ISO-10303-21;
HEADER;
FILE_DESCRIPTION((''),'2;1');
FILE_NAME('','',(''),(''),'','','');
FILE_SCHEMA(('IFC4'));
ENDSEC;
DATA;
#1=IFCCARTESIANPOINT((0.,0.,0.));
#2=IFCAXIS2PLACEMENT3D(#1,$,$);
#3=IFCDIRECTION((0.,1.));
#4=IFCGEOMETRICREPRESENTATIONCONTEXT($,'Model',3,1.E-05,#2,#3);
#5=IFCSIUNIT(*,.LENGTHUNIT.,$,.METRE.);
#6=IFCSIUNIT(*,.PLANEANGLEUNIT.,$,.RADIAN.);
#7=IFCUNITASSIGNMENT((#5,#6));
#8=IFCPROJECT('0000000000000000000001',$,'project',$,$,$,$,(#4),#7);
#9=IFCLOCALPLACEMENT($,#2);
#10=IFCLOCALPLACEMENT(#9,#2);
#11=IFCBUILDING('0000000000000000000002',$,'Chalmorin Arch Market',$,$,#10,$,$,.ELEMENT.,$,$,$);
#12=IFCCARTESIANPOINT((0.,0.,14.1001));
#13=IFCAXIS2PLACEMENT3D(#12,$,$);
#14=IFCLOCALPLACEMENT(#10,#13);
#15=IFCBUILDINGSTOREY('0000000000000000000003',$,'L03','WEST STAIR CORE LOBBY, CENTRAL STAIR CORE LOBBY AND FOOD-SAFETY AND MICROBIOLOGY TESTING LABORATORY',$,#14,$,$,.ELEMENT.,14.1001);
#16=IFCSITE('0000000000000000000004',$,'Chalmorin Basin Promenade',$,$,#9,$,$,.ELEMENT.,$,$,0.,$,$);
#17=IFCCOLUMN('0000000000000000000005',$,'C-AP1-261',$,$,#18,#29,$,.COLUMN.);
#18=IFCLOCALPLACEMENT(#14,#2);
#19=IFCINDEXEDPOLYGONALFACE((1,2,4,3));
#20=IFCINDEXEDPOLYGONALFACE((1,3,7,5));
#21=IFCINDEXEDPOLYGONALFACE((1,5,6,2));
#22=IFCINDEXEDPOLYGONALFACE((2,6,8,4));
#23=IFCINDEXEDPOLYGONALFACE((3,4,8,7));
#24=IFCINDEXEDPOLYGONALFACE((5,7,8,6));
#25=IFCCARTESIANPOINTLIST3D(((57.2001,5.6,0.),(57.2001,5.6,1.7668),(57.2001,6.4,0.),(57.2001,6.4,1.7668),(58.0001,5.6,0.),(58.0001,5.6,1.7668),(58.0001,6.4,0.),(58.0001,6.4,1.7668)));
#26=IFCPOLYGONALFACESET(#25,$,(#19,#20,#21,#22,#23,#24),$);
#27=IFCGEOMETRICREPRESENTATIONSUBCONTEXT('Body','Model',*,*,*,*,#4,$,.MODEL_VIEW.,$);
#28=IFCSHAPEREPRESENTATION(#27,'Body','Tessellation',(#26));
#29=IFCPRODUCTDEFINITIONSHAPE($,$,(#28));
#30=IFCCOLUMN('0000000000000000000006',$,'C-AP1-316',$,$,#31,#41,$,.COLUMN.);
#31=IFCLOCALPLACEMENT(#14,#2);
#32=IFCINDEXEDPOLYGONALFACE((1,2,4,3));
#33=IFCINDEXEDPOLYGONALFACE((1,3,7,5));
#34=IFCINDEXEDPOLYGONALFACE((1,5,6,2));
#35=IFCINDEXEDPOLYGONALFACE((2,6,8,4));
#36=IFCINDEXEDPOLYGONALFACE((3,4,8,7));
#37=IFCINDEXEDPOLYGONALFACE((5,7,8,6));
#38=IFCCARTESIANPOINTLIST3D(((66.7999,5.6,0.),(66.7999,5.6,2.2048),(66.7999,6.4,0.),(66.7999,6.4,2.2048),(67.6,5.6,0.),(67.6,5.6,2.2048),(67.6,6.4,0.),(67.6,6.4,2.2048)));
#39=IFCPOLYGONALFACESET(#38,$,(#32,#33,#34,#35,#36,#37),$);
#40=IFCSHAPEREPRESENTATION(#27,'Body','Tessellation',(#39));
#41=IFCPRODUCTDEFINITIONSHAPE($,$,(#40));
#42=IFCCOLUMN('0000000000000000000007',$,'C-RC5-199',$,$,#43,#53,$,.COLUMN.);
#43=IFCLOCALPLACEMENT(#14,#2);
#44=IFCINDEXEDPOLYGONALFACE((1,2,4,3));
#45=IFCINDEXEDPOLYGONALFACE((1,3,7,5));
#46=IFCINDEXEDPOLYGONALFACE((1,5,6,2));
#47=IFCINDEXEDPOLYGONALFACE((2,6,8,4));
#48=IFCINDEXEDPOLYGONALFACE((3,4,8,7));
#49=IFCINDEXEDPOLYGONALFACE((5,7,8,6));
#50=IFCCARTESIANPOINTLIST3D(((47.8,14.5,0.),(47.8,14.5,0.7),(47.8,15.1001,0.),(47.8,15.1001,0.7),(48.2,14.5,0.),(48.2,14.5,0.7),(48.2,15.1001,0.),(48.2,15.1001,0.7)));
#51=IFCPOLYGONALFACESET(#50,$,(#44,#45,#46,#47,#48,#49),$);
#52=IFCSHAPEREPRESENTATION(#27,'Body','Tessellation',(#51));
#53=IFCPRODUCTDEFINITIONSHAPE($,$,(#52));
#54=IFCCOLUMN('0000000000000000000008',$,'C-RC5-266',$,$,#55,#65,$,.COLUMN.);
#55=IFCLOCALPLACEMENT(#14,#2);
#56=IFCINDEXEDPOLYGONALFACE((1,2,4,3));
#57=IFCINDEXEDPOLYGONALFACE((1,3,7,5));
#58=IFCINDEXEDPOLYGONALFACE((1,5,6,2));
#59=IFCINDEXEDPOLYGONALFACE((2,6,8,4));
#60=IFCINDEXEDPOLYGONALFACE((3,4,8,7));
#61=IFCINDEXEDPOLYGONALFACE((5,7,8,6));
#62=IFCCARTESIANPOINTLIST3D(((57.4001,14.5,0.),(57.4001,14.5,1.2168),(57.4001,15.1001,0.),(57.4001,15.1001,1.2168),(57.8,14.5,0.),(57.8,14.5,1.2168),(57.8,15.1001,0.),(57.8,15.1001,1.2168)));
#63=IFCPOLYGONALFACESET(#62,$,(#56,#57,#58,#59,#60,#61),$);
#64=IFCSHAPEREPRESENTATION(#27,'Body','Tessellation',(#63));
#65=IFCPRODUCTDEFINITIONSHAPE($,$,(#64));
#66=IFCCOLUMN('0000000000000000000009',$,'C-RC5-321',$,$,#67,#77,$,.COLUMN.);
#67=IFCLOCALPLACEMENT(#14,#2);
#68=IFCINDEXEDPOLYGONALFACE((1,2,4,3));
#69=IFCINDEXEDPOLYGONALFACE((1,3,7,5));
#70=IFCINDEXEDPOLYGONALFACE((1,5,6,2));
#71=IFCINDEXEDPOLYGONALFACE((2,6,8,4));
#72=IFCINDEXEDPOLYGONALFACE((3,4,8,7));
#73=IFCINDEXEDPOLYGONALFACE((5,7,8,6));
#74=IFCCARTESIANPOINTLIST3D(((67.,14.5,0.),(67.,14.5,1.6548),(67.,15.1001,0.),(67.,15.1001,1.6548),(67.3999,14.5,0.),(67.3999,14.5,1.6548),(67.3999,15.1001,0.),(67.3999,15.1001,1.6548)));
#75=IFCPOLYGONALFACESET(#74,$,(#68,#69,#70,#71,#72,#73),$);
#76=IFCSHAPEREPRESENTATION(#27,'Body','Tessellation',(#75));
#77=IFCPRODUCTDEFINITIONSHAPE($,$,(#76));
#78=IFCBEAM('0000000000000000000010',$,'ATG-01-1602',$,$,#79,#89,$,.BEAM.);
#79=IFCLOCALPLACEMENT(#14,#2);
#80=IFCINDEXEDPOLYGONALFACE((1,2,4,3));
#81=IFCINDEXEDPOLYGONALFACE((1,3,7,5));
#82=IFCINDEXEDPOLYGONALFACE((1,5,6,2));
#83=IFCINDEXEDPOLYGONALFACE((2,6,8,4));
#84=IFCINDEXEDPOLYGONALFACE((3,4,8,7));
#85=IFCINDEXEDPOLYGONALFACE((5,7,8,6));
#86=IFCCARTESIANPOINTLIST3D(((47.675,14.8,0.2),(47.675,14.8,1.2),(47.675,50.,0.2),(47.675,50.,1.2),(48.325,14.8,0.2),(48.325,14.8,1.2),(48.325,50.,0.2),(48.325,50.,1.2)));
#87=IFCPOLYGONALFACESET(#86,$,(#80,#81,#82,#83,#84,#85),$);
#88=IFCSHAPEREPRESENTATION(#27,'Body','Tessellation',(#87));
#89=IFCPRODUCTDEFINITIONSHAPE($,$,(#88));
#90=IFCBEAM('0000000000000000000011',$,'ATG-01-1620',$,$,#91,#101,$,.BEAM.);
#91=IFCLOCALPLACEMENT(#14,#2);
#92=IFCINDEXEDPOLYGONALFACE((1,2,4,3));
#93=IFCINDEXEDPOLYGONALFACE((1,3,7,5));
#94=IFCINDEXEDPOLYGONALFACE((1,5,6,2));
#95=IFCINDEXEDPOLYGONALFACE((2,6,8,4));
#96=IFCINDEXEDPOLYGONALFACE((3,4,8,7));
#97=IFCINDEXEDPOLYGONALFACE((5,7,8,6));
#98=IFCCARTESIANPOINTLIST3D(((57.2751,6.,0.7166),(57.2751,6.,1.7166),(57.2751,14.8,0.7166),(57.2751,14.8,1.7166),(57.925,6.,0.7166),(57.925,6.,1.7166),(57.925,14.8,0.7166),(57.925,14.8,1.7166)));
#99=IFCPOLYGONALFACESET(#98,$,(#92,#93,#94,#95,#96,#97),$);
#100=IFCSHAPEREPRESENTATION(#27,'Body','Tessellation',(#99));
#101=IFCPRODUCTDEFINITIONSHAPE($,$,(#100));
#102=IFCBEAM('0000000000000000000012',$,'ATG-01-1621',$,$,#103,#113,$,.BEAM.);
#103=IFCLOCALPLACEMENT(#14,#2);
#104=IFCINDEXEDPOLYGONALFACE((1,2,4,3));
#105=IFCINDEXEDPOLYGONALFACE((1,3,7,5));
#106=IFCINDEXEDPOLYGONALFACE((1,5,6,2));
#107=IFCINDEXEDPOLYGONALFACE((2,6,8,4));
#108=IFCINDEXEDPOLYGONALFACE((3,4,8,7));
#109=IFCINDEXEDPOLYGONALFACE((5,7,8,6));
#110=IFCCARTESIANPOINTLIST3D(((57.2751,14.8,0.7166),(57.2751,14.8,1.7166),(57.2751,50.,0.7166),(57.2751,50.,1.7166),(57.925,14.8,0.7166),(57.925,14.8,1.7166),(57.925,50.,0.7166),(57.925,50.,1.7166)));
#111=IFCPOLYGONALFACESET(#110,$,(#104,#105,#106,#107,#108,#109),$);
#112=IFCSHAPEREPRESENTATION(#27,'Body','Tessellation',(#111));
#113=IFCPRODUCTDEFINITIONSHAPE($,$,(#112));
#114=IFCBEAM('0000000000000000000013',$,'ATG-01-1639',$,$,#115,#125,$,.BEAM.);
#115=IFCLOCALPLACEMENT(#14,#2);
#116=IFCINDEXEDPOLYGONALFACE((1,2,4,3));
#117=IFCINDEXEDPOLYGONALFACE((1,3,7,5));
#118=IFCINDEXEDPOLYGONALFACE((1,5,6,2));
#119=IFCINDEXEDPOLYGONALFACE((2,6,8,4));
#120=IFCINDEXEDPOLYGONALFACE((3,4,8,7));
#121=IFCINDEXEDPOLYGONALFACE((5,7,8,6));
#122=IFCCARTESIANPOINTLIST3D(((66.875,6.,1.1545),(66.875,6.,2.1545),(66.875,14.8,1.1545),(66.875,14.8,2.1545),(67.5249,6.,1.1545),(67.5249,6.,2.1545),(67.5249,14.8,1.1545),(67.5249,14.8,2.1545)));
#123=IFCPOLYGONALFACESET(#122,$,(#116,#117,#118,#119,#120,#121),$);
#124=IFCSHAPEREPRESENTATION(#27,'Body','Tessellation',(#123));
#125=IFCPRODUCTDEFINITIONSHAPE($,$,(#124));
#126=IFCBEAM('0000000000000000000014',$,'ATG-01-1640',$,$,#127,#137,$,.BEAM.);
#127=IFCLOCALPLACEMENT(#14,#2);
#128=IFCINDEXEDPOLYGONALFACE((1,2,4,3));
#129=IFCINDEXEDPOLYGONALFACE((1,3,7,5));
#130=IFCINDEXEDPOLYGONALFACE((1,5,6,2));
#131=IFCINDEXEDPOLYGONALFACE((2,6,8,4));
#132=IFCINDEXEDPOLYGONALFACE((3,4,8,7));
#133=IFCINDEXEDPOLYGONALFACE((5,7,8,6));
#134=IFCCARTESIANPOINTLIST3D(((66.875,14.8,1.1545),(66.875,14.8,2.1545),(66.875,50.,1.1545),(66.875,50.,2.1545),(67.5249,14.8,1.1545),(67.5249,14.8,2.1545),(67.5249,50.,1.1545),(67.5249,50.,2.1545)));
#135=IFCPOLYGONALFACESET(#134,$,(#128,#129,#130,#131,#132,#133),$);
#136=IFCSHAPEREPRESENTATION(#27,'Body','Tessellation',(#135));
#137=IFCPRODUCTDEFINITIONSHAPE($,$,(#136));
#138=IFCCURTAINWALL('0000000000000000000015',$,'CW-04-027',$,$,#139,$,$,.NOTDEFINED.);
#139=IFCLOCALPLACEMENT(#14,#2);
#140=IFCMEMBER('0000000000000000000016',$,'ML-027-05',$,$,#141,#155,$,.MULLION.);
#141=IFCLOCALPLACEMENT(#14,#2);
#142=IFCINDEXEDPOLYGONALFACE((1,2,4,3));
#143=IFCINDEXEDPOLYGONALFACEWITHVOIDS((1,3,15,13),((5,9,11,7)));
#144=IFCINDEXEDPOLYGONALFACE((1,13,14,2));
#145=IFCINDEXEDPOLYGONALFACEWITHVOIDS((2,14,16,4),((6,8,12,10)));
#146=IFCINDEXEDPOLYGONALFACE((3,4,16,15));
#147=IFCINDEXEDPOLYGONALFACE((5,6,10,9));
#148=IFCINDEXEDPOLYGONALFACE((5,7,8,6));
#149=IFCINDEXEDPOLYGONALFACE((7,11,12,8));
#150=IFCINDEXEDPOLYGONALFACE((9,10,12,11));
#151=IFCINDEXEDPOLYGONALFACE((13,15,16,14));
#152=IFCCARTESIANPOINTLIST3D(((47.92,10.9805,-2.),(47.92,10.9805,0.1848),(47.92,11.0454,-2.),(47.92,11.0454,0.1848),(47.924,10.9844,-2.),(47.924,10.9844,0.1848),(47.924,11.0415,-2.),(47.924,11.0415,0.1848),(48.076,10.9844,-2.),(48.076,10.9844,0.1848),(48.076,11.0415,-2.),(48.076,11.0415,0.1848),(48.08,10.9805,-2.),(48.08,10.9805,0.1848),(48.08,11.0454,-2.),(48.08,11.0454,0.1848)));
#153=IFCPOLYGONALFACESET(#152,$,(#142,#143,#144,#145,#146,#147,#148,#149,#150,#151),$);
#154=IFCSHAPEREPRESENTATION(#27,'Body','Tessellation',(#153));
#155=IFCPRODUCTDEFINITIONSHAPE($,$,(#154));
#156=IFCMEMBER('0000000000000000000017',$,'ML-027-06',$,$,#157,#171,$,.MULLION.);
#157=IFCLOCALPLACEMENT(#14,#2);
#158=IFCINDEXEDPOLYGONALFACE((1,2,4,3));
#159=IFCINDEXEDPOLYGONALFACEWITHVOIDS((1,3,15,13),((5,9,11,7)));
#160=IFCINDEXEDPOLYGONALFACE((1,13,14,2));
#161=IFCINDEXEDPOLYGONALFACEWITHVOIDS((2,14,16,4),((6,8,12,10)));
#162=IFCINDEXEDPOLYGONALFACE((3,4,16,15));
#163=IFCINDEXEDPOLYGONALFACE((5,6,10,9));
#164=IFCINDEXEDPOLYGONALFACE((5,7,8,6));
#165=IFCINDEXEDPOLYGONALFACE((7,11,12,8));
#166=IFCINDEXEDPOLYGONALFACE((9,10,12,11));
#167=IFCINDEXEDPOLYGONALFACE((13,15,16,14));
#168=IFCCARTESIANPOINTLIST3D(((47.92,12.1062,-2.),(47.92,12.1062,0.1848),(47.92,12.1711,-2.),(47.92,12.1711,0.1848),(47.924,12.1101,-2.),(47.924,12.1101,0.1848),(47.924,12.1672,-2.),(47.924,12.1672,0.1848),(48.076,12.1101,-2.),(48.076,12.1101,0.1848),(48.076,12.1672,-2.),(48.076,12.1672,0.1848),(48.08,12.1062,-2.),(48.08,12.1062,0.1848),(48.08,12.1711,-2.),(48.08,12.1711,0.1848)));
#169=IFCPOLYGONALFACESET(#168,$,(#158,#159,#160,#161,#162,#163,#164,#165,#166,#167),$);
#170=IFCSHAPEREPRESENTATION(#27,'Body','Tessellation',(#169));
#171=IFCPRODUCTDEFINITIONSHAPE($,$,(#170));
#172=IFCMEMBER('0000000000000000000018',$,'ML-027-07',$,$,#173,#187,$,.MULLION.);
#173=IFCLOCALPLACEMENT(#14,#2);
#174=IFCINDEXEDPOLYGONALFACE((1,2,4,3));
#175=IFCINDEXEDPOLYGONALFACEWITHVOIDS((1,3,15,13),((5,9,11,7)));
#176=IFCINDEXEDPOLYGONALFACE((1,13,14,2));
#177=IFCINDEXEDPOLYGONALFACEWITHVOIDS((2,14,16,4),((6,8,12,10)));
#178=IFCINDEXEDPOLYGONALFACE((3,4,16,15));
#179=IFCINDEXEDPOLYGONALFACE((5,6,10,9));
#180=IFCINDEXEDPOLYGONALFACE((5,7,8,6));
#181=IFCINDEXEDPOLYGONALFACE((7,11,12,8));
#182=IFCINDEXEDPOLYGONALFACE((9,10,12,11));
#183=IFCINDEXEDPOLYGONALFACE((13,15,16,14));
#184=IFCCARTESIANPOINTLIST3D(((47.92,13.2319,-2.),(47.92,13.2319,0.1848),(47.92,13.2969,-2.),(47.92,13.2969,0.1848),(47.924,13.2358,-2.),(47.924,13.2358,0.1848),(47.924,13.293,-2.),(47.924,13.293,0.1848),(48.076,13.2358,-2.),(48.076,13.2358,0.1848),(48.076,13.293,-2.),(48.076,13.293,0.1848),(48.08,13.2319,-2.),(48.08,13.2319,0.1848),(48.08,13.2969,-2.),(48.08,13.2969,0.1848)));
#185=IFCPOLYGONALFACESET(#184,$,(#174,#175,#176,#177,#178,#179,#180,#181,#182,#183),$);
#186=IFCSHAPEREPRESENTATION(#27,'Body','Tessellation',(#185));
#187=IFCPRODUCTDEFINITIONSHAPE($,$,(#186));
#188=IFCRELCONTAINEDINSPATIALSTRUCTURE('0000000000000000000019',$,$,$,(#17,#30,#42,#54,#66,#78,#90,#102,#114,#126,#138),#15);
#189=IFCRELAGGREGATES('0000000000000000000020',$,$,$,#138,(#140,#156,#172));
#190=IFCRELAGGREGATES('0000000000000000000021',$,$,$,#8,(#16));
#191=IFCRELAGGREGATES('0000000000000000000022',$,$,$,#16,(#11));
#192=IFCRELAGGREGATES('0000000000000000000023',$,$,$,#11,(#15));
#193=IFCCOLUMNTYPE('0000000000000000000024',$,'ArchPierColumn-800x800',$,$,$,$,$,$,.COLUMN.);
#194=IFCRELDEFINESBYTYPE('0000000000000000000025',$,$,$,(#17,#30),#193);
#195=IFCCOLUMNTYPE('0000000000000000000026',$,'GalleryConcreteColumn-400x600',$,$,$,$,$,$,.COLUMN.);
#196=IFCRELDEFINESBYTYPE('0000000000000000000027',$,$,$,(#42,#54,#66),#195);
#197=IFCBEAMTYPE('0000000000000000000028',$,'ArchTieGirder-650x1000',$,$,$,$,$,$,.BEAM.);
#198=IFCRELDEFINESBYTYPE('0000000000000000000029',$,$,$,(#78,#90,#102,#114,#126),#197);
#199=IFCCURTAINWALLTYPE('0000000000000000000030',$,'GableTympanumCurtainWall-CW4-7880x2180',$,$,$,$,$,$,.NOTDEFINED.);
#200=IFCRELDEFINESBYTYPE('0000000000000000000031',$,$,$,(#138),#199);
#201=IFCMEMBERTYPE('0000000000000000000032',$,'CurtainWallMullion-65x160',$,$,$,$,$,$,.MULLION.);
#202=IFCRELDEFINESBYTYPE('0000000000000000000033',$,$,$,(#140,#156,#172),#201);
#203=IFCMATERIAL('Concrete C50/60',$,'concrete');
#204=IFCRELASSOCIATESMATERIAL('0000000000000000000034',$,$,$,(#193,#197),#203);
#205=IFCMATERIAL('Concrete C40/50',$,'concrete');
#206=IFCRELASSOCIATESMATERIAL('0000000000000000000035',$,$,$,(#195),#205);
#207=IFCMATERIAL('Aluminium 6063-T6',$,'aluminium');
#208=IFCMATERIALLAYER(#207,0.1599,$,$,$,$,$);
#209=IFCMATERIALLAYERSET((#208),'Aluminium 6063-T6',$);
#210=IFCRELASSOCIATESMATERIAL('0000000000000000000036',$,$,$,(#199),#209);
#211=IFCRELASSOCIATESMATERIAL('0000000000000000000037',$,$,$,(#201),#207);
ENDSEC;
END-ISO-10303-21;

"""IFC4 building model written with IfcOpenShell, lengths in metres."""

from ifc_helpers import new_model, si_unit, direction, frame, origin, origin_2d, place, context, subcontext, project, spatial, rectangle, hollow_rectangle, extrude, material, layer, layer_set, material_profile, profile_set, type_object, element, aggregate, save


model = new_model("IFC4")

# Units and contexts
model_context = context("Model", 3, precision=1e-05, world=origin(), true_north=direction((0.0, 1.0)))
body_context = subcontext(model_context, "Body", "Model", "MODEL_VIEW")
ifc_project = project(units=[si_unit("LENGTHUNIT", "METRE"), si_unit("PLANEANGLEUNIT", "RADIAN")], contexts=[model_context])

# Site, building, storey
site_placement = place(None, origin())
site = spatial("IfcSite", under=ifc_project, at=site_placement, Name="Chalmorin Basin Promenade", CompositionType="ELEMENT", RefElevation=0.0)
building_placement = place(site_placement, origin())
building = spatial("IfcBuilding", under=site, at=building_placement, Name="Chalmorin Arch Market", CompositionType="ELEMENT")
storey_placement = place(building_placement, frame((0.0, 0.0, 14.1001)))
storey = spatial("IfcBuildingStorey", under=building, at=storey_placement, Name="L03", Description="WEST STAIR CORE LOBBY, CENTRAL STAIR CORE LOBBY AND FOOD-SAFETY AND MICROBIOLOGY TESTING LABORATORY", CompositionType="ELEMENT", Elevation=14.1001)

# Columns
ifc_material_1 = material(Name="Concrete C50/60", Category="concrete")
ifc_material_profile_1 = material_profile(ifc_material_1, rectangle(XDim=0.8, YDim=0.8, at=origin_2d()), Name="RC800X800")
ifc_profile_set_1 = profile_set([ifc_material_profile_1], Name="Concrete C50/60")
column_type_1 = type_object("IfcColumnType", Name="ArchPierColumn-800x800", PredefinedType="COLUMN", material=ifc_profile_set_1)
column_1_placement = place(storey_placement, frame((57.6001, 6.0, 0.0), z_axis=(0.0, 0.0, 1.0), x_axis=(1.0, 0.0, 0.0)))
element("IfcColumn", 1, at=column_1_placement, inside=storey, type_object=column_type_1, Name="C-AP1-261", PredefinedType="COLUMN", context=body_context, shape_type="SweptSolid", body=[
    extrude(rectangle(XDim=0.8, YDim=0.8, at=origin_2d()), origin(), (0.0, 0.0, 1.0), 1.7668),
])
column_2_placement = place(storey_placement, frame((67.2, 6.0, 0.0), z_axis=(0.0, 0.0, 1.0), x_axis=(1.0, 0.0, 0.0)))
element("IfcColumn", 2, at=column_2_placement, inside=storey, type_object=column_type_1, Name="C-AP1-316", PredefinedType="COLUMN", context=body_context, shape_type="SweptSolid", body=[
    extrude(rectangle(XDim=0.8, YDim=0.8, at=origin_2d()), origin(), (0.0, 0.0, 1.0), 2.2048),
])
ifc_material_2 = material(Name="Concrete C40/50", Category="concrete")
ifc_material_profile_2 = material_profile(ifc_material_2, rectangle(XDim=0.3999, YDim=0.6001, at=origin_2d()), Name="RC400X600")
ifc_profile_set_2 = profile_set([ifc_material_profile_2], Name="Concrete C40/50")
column_type_2 = type_object("IfcColumnType", Name="GalleryConcreteColumn-400x600", PredefinedType="COLUMN", material=ifc_profile_set_2)
column_3_placement = place(storey_placement, frame((48.0, 14.8, 0.0), z_axis=(0.0, 0.0, 1.0), x_axis=(1.0, 0.0, 0.0)))
element("IfcColumn", 3, at=column_3_placement, inside=storey, type_object=column_type_2, Name="C-RC5-199", PredefinedType="COLUMN", context=body_context, shape_type="SweptSolid", body=[
    extrude(rectangle(XDim=0.3999, YDim=0.6001, at=origin_2d()), origin(), (0.0, 0.0, 1.0), 0.7),
])
column_4_placement = place(storey_placement, frame((57.6001, 14.8, 0.0), z_axis=(0.0, 0.0, 1.0), x_axis=(1.0, 0.0, 0.0)))
element("IfcColumn", 4, at=column_4_placement, inside=storey, type_object=column_type_2, Name="C-RC5-266", PredefinedType="COLUMN", context=body_context, shape_type="SweptSolid", body=[
    extrude(rectangle(XDim=0.3999, YDim=0.6001, at=origin_2d()), origin(), (0.0, 0.0, 1.0), 1.2168),
])
column_5_placement = place(storey_placement, frame((67.2, 14.8, 0.0), z_axis=(0.0, 0.0, 1.0), x_axis=(1.0, 0.0, 0.0)))
element("IfcColumn", 5, at=column_5_placement, inside=storey, type_object=column_type_2, Name="C-RC5-321", PredefinedType="COLUMN", context=body_context, shape_type="SweptSolid", body=[
    extrude(rectangle(XDim=0.3999, YDim=0.6001, at=origin_2d()), origin(), (0.0, 0.0, 1.0), 1.6548),
])

# Beams
ifc_material_profile_3 = material_profile(ifc_material_1, rectangle(XDim=0.6499, YDim=1.0, at=origin_2d()), Name="RC650X1000")
ifc_profile_set_3 = profile_set([ifc_material_profile_3], Name="Concrete C50/60")
beam_type = type_object("IfcBeamType", Name="ArchTieGirder-650x1000", PredefinedType="BEAM", material=ifc_profile_set_3)
beam_1_placement = place(storey_placement, frame((48.0, 14.8, 0.7), z_axis=(0.0, 1.0, 0.0), x_axis=(-1.0, 0.0, 0.0)))
element("IfcBeam", 6, at=beam_1_placement, inside=storey, type_object=beam_type, Name="ATG-01-1602", PredefinedType="BEAM", context=body_context, shape_type="SweptSolid", body=[
    extrude(rectangle(XDim=0.6499, YDim=1.0, at=origin_2d()), origin(), (0.0, 0.0, 1.0), 35.2),
])
beam_2_placement = place(storey_placement, frame((57.6001, 6.0, 1.2166), z_axis=(0.0, 1.0, 0.0), x_axis=(-1.0, 0.0, 0.0)))
element("IfcBeam", 7, at=beam_2_placement, inside=storey, type_object=beam_type, Name="ATG-01-1620", PredefinedType="BEAM", context=body_context, shape_type="SweptSolid", body=[
    extrude(rectangle(XDim=0.6499, YDim=1.0, at=origin_2d()), origin(), (0.0, 0.0, 1.0), 8.8),
])
beam_3_placement = place(storey_placement, frame((57.6001, 14.8, 1.2166), z_axis=(0.0, 1.0, 0.0), x_axis=(-1.0, 0.0, 0.0)))
element("IfcBeam", 8, at=beam_3_placement, inside=storey, type_object=beam_type, Name="ATG-01-1621", PredefinedType="BEAM", context=body_context, shape_type="SweptSolid", body=[
    extrude(rectangle(XDim=0.6499, YDim=1.0, at=origin_2d()), origin(), (0.0, 0.0, 1.0), 35.2),
])
beam_4_placement = place(storey_placement, frame((67.2, 6.0, 1.6545), z_axis=(0.0, 1.0, 0.0), x_axis=(-1.0, 0.0, 0.0)))
element("IfcBeam", 9, at=beam_4_placement, inside=storey, type_object=beam_type, Name="ATG-01-1639", PredefinedType="BEAM", context=body_context, shape_type="SweptSolid", body=[
    extrude(rectangle(XDim=0.6499, YDim=1.0, at=origin_2d()), origin(), (0.0, 0.0, 1.0), 8.8),
])
beam_5_placement = place(storey_placement, frame((67.2, 14.8, 1.6545), z_axis=(0.0, 1.0, 0.0), x_axis=(-1.0, 0.0, 0.0)))
element("IfcBeam", 10, at=beam_5_placement, inside=storey, type_object=beam_type, Name="ATG-01-1640", PredefinedType="BEAM", context=body_context, shape_type="SweptSolid", body=[
    extrude(rectangle(XDim=0.6499, YDim=1.0, at=origin_2d()), origin(), (0.0, 0.0, 1.0), 35.2),
])

# Curtain wall, members
ifc_material_3 = material(Name="Aluminium 6063-T6", Category="aluminium")
ifc_layer_1 = layer(ifc_material_3, 0.1599)
ifc_layer_set_1 = layer_set([ifc_layer_1], Name="Aluminium 6063-T6")
curtain_wall_type_1 = type_object("IfcCurtainWallType", Name="GableTympanumCurtainWall-CW4-7880x2180", PredefinedType="NOTDEFINED", material=ifc_layer_set_1)
curtain_wall_1_placement = place(storey_placement, origin())
curtain_wall_1 = element("IfcCurtainWall", 11, at=curtain_wall_1_placement, inside=storey, type_object=curtain_wall_type_1, Name="CW-04-027", PredefinedType="NOTDEFINED")
ifc_material_profile_4 = material_profile(ifc_material_3, hollow_rectangle(XDim=0.0649, YDim=0.1599, WallThickness=0.0039, at=origin_2d()), Name="ALU65X160X4")
ifc_profile_set_4 = profile_set([ifc_material_profile_4], Name="Aluminium 6063-T6")
member_type_1 = type_object("IfcMemberType", Name="CurtainWallMullion-65x160", PredefinedType="MULLION", material=ifc_profile_set_4)
member_1_placement = place(storey_placement, frame((48.0, 11.0129, -2.0), z_axis=(0.0, 0.0, 1.0), x_axis=(0.0, 1.0, 0.0)))
member_1 = element("IfcMember", 12, at=member_1_placement, type_object=member_type_1, Name="ML-027-05", PredefinedType="MULLION", context=body_context, shape_type="SweptSolid", body=[
    extrude(hollow_rectangle(XDim=0.0649, YDim=0.1599, WallThickness=0.0039, at=origin_2d()), origin(), (0.0, 0.0, 1.0), 2.1848),
])
member_2_placement = place(storey_placement, frame((48.0, 12.1387, -2.0), z_axis=(0.0, 0.0, 1.0), x_axis=(0.0, 1.0, 0.0)))
member_2 = element("IfcMember", 13, at=member_2_placement, type_object=member_type_1, Name="ML-027-06", PredefinedType="MULLION", context=body_context, shape_type="SweptSolid", body=[
    extrude(hollow_rectangle(XDim=0.0649, YDim=0.1599, WallThickness=0.0039, at=origin_2d()), origin(), (0.0, 0.0, 1.0), 2.1848),
])
member_3_placement = place(storey_placement, frame((48.0, 13.2644, -2.0), z_axis=(0.0, 0.0, 1.0), x_axis=(0.0, 1.0, 0.0)))
member_3 = element("IfcMember", 14, at=member_3_placement, type_object=member_type_1, Name="ML-027-07", PredefinedType="MULLION", context=body_context, shape_type="SweptSolid", body=[
    extrude(hollow_rectangle(XDim=0.0649, YDim=0.1599, WallThickness=0.0039, at=origin_2d()), origin(), (0.0, 0.0, 1.0), 2.1848),
])

aggregate(curtain_wall_1, [member_1, member_2, member_3])

save(model, "model.ifc")
